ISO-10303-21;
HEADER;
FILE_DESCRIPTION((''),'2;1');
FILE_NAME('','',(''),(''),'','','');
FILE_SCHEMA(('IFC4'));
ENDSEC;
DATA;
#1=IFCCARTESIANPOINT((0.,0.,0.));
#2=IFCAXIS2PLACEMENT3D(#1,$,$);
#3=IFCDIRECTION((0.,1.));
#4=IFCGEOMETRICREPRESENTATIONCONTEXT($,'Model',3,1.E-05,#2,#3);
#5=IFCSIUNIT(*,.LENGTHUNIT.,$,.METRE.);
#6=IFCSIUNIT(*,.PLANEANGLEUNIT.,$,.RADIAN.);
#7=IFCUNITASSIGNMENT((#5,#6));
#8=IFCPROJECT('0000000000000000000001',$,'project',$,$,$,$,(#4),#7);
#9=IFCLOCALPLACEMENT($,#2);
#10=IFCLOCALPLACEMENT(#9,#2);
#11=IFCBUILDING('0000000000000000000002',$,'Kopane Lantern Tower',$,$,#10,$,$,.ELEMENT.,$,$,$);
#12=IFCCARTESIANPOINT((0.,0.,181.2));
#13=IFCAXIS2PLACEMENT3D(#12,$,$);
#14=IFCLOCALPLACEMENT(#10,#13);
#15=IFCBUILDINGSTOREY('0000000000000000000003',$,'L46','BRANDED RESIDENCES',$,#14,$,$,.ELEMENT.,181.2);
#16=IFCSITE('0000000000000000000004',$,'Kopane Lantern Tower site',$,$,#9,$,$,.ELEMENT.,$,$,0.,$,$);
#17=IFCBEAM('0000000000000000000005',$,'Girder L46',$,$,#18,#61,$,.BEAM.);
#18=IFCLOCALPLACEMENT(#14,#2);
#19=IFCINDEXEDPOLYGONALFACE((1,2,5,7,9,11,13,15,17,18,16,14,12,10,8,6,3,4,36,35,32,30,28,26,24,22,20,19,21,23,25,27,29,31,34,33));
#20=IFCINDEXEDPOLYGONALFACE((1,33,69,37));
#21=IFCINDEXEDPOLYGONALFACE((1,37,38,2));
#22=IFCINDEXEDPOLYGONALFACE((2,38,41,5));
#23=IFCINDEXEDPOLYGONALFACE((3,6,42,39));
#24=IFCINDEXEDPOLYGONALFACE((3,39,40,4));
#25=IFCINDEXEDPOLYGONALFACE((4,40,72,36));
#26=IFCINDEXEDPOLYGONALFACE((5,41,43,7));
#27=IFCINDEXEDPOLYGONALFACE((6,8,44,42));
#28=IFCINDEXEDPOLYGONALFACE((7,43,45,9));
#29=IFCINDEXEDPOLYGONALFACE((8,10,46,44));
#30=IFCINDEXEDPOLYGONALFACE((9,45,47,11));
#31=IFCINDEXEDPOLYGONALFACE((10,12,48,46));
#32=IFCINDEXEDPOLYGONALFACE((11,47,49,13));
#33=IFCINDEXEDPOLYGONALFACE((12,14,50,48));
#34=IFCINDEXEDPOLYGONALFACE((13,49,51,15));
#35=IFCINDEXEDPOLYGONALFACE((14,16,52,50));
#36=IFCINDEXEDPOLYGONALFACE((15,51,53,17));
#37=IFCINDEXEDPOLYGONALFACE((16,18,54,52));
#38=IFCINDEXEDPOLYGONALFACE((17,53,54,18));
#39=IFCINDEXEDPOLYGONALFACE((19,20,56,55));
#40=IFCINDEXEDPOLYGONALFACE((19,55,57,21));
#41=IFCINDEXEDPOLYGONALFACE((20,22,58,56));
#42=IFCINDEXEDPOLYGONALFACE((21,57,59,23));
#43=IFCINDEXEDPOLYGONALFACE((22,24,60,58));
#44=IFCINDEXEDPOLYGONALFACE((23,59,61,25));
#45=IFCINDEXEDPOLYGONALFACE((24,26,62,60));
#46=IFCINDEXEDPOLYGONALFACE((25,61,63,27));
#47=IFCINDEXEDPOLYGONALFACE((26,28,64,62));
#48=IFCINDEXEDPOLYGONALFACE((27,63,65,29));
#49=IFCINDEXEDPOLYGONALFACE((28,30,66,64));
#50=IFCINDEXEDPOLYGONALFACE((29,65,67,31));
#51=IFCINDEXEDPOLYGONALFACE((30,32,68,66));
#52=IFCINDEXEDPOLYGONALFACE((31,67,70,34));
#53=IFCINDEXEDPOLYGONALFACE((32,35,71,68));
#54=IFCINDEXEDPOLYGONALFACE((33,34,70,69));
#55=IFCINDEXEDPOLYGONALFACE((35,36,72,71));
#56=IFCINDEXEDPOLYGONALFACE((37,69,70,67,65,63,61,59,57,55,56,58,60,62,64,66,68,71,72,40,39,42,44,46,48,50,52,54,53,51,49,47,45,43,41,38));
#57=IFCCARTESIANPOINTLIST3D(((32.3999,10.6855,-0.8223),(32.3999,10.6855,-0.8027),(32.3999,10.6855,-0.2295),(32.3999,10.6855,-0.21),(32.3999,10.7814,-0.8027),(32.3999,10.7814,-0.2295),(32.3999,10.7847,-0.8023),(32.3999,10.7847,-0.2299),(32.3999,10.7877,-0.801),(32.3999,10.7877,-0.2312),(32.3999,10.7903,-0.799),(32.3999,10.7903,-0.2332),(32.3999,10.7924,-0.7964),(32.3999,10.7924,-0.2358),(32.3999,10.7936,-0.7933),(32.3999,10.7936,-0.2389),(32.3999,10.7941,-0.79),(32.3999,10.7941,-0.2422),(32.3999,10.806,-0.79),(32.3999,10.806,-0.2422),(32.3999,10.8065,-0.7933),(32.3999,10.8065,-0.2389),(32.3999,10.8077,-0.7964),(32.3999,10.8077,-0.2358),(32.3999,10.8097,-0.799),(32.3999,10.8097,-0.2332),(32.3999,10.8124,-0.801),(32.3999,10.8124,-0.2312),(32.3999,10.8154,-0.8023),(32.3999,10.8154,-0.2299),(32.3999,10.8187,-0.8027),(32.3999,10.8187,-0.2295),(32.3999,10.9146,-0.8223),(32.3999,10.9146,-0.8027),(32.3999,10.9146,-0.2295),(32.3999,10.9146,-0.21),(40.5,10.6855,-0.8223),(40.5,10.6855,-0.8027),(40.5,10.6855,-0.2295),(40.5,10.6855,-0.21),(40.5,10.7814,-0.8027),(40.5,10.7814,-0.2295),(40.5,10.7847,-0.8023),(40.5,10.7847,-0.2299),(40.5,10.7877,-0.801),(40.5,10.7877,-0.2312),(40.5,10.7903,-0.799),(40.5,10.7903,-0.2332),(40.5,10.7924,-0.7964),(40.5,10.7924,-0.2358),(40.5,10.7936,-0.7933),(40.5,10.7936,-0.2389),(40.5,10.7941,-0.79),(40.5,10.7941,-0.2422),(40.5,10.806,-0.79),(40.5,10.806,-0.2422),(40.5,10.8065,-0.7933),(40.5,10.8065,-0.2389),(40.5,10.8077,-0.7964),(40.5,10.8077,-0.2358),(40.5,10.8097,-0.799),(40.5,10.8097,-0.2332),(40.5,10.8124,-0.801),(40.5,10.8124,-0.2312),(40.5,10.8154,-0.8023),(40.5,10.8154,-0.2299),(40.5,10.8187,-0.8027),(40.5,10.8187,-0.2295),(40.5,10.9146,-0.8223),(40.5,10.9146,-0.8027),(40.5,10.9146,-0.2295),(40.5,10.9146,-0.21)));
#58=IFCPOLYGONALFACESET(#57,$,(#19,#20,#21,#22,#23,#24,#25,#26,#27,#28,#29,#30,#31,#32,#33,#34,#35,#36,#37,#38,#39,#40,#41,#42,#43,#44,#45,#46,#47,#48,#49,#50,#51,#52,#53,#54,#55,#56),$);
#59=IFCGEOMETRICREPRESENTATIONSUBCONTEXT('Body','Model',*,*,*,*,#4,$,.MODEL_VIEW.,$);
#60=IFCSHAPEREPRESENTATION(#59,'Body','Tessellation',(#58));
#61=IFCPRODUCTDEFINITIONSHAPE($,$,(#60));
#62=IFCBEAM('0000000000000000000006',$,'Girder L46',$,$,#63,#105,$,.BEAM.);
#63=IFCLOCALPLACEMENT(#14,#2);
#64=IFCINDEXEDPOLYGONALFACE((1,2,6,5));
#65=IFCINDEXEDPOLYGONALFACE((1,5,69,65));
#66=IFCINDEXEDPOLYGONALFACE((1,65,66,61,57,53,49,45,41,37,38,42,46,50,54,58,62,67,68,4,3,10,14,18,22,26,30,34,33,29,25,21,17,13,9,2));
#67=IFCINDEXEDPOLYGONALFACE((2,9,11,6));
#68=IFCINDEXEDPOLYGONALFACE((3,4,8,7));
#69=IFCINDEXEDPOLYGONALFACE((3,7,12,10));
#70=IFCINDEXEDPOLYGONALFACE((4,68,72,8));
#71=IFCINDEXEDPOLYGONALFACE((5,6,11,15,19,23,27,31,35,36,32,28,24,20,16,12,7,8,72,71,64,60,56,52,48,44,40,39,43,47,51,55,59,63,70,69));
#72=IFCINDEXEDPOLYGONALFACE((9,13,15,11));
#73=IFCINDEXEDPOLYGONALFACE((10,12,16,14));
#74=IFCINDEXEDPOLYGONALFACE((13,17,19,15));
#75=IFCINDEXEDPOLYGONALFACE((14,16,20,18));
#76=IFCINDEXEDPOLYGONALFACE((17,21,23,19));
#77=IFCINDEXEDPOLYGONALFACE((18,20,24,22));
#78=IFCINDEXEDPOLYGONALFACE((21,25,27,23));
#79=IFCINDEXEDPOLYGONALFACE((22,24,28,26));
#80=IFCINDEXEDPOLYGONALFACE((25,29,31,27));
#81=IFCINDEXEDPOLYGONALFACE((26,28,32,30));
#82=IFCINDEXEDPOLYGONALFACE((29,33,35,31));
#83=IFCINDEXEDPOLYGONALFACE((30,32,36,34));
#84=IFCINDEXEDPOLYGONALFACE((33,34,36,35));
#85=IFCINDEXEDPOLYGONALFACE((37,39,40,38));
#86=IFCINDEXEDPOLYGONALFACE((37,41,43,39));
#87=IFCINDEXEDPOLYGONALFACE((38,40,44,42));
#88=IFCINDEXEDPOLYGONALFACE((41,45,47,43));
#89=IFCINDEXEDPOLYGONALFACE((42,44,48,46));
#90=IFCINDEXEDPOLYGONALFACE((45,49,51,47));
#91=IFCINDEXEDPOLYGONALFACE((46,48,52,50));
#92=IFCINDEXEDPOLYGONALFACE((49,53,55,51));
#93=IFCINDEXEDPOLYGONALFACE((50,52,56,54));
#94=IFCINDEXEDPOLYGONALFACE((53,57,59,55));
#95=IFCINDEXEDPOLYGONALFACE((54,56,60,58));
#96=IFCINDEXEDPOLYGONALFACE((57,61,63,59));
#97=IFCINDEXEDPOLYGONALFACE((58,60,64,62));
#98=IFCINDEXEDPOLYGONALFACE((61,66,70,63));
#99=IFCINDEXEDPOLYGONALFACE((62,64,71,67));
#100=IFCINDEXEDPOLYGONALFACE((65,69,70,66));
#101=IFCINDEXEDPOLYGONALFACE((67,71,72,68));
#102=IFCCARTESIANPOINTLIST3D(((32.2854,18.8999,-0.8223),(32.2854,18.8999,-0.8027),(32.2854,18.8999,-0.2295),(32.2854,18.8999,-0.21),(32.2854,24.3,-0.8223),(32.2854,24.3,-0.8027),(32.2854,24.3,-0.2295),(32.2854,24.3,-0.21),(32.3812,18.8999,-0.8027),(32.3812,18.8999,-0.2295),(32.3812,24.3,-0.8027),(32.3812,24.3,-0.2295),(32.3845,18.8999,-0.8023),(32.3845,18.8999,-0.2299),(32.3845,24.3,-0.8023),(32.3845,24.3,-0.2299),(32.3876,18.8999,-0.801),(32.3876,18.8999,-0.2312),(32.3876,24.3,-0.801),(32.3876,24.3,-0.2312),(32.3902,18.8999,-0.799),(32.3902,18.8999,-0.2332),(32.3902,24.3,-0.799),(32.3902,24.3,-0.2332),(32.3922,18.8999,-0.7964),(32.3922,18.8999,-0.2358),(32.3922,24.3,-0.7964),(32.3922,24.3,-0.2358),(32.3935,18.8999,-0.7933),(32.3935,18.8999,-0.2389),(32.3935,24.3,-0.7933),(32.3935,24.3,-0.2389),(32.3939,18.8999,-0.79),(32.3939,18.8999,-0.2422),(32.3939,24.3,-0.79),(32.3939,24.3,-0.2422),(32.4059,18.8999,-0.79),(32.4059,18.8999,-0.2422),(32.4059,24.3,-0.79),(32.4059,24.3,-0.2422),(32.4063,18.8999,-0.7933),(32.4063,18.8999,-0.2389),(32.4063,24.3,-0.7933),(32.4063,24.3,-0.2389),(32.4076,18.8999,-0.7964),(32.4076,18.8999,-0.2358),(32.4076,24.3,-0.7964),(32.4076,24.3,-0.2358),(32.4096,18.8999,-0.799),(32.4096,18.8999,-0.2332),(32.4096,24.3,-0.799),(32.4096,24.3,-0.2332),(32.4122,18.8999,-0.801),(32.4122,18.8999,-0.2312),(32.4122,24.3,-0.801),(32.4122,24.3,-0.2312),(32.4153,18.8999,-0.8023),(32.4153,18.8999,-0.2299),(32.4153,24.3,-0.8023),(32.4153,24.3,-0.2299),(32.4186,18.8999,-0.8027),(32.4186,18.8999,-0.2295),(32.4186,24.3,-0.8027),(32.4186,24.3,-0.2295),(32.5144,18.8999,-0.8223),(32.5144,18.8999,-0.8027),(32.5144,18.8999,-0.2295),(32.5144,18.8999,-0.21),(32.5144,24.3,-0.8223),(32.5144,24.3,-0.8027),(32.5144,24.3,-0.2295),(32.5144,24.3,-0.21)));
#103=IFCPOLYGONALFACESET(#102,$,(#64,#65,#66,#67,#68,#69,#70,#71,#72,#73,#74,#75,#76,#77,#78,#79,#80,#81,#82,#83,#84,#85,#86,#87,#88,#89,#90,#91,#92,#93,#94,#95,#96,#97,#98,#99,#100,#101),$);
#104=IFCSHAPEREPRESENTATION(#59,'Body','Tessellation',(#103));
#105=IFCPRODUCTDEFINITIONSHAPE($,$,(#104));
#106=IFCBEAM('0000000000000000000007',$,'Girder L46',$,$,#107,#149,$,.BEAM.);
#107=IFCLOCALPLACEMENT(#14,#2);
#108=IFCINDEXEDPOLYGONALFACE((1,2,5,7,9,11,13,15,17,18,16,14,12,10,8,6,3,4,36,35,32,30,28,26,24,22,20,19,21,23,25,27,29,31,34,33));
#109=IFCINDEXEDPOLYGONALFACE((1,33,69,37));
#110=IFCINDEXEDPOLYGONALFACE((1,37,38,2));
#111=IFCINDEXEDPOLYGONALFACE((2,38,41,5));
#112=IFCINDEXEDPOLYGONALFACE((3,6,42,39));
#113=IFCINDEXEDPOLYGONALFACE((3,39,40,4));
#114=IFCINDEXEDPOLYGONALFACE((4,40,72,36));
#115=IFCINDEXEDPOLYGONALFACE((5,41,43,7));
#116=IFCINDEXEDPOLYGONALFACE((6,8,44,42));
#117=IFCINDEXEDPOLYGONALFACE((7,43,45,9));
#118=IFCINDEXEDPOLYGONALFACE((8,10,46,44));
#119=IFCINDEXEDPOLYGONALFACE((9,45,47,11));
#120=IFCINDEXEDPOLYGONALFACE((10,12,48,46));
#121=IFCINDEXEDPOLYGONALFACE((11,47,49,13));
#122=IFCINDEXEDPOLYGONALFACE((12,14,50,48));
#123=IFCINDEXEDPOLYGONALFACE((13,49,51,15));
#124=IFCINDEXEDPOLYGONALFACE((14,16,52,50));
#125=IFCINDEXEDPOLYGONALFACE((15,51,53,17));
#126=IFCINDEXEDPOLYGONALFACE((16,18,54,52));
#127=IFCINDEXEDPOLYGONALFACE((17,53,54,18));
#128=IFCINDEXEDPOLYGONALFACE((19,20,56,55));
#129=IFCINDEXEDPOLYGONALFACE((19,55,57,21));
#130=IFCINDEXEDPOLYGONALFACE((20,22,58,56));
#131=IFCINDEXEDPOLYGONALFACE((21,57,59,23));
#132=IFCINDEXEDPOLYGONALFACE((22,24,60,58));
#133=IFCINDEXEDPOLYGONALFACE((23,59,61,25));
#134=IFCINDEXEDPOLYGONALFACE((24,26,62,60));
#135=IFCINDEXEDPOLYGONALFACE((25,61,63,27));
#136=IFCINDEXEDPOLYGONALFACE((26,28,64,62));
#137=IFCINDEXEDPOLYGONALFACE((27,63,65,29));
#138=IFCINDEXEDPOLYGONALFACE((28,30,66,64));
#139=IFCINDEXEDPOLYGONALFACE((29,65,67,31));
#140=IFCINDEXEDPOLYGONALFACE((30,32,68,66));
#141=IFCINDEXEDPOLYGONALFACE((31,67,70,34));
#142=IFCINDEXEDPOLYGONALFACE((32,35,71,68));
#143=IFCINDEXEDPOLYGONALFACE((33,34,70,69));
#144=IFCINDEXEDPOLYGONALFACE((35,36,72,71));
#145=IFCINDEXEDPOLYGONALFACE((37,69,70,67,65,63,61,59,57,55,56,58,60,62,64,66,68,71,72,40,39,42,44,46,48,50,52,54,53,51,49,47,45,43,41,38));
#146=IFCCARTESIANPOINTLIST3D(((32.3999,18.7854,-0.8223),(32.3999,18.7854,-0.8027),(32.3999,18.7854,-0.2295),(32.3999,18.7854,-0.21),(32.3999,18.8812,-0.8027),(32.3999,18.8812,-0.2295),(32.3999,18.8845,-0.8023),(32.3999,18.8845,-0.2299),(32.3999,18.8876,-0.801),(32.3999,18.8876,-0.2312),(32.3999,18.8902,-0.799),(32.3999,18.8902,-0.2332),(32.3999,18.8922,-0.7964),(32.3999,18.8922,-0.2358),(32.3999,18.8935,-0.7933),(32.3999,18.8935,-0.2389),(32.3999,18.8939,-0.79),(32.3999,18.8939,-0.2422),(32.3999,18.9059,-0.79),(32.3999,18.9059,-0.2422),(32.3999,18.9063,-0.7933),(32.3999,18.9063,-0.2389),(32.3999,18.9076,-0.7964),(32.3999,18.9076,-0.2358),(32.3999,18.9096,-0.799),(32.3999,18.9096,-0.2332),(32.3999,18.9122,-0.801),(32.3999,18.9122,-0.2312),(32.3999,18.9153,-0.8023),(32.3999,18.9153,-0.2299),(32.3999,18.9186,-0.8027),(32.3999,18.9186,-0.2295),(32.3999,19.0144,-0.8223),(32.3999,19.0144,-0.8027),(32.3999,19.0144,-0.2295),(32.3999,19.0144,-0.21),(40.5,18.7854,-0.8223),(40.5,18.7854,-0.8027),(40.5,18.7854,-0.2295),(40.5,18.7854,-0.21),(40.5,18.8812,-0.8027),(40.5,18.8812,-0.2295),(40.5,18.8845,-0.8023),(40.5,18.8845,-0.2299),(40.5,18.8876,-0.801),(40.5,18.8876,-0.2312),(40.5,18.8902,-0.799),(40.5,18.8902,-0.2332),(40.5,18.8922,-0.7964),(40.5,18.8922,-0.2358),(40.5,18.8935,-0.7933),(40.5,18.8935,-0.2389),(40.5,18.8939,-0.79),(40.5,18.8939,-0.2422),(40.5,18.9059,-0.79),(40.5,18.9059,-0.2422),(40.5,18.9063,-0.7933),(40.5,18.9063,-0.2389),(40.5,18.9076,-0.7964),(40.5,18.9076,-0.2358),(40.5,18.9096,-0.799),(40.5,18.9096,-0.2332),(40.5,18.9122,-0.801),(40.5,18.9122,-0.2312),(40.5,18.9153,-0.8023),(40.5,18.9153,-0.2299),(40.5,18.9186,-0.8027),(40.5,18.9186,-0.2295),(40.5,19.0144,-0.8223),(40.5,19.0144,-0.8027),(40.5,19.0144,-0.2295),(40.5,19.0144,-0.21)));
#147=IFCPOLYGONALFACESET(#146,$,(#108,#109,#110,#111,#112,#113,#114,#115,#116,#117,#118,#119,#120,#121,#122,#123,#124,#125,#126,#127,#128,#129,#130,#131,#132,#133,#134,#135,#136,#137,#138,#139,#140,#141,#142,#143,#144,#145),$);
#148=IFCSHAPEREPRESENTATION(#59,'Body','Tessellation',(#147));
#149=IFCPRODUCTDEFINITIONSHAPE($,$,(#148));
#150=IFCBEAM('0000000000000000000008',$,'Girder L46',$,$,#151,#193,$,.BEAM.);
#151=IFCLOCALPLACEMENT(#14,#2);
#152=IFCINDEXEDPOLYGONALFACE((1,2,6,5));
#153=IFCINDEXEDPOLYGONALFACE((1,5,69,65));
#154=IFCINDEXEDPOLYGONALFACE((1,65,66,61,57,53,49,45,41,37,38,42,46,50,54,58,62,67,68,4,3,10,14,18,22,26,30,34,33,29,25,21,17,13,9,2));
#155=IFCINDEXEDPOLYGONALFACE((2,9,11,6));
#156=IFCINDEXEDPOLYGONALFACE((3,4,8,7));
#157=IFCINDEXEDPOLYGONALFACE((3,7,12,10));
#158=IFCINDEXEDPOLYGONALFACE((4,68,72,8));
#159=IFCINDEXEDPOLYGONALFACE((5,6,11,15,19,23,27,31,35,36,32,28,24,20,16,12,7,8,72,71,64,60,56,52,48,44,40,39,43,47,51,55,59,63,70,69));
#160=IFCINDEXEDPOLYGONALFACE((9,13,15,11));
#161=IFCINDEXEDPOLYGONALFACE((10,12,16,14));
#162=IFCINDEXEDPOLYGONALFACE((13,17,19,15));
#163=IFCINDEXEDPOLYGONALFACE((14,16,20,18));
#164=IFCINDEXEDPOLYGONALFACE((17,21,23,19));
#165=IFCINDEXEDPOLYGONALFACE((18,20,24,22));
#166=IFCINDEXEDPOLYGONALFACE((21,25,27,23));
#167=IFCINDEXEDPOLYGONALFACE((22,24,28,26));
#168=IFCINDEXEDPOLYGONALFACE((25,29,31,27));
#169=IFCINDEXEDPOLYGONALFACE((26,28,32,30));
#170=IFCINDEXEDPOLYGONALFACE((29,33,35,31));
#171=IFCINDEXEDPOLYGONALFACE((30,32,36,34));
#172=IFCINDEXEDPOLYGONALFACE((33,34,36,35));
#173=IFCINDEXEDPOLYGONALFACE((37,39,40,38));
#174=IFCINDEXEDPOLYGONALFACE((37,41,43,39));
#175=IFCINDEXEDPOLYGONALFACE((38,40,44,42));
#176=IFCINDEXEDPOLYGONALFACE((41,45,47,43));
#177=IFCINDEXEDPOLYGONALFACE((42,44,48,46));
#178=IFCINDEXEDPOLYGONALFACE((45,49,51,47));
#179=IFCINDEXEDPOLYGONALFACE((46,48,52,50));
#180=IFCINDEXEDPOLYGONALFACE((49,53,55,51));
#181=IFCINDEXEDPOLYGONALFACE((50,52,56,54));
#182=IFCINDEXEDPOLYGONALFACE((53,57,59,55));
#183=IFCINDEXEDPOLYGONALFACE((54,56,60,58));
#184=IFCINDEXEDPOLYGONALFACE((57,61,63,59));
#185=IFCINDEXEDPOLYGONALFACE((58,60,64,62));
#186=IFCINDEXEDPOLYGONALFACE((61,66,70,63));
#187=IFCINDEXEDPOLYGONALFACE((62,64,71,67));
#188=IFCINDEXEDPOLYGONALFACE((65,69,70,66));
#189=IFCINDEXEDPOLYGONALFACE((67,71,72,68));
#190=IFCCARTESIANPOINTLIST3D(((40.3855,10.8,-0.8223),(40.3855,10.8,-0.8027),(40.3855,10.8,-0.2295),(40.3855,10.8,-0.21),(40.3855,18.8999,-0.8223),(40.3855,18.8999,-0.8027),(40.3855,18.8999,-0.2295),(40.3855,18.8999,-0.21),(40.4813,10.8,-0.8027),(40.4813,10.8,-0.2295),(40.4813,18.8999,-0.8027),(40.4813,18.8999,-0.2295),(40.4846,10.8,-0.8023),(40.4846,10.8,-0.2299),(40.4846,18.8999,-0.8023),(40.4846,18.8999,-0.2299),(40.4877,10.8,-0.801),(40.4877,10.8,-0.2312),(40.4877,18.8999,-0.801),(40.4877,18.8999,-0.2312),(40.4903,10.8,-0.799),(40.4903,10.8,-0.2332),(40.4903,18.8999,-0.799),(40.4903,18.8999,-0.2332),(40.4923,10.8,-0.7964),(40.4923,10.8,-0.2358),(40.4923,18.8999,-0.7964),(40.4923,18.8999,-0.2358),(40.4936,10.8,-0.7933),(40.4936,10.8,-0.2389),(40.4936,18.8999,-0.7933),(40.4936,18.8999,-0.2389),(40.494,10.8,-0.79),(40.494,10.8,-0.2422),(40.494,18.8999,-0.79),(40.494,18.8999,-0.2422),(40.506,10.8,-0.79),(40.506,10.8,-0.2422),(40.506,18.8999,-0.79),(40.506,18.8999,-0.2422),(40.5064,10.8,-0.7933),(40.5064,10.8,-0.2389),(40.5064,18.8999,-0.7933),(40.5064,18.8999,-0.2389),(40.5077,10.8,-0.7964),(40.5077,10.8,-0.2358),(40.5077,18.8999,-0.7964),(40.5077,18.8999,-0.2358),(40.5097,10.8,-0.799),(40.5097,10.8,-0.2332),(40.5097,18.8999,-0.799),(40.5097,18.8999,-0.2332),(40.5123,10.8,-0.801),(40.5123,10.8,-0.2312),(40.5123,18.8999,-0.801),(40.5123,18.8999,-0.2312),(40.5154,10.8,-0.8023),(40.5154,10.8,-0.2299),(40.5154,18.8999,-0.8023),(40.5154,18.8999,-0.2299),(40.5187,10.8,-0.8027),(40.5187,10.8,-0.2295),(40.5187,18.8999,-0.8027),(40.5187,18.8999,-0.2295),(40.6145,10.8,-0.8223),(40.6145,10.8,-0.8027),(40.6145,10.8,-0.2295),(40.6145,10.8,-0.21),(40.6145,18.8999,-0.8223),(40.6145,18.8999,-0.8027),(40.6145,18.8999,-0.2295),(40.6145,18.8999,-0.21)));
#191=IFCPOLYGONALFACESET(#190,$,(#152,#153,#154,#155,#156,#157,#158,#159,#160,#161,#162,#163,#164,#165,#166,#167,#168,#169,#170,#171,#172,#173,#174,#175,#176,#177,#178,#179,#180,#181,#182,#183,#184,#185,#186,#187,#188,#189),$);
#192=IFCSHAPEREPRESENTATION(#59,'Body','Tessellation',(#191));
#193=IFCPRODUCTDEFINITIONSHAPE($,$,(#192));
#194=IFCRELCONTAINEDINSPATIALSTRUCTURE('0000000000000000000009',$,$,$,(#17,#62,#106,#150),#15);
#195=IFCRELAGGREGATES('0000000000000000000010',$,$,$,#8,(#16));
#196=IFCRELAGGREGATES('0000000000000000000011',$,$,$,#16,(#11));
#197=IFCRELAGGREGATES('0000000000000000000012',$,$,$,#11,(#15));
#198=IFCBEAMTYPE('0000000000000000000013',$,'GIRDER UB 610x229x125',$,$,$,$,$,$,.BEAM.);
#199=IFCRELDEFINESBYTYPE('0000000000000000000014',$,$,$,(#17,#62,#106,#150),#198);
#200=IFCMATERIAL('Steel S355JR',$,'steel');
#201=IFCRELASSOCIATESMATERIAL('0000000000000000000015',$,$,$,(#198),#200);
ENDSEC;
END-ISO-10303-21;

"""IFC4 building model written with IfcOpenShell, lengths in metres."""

from ifc_helpers import new_model, si_unit, direction, frame, origin, origin_2d, place, context, subcontext, project, spatial, i_section, extrude, material, material_profile, profile_set, type_object, element, save


model = new_model("IFC4")

# Units and contexts
model_context = context("Model", 3, precision=1e-05, world=origin(), true_north=direction((0.0, 1.0)))
body_context = subcontext(model_context, "Body", "Model", "MODEL_VIEW")
ifc_project = project(units=[si_unit("LENGTHUNIT", "METRE"), si_unit("PLANEANGLEUNIT", "RADIAN")], contexts=[model_context])

# Site, building, storey
site_placement = place(None, origin())
site = spatial("IfcSite", under=ifc_project, at=site_placement, Name="Kopane Lantern Tower site", CompositionType="ELEMENT", RefElevation=0.0)
building_placement = place(site_placement, origin())
building = spatial("IfcBuilding", under=site, at=building_placement, Name="Kopane Lantern Tower", CompositionType="ELEMENT")
storey_placement = place(building_placement, frame((0.0, 0.0, 181.2)))
storey = spatial("IfcBuildingStorey", under=building, at=storey_placement, Name="L46", Description="BRANDED RESIDENCES", CompositionType="ELEMENT", Elevation=181.2)

# Beams
ifc_material_1 = material(Name="Steel S355JR", Category="steel")
ifc_material_profile_1 = material_profile(ifc_material_1, i_section(OverallWidth=0.229, OverallDepth=0.6123, WebThickness=0.012, FlangeThickness=0.0195, FilletRadius=0.0127, at=origin_2d()), Name="UB 610x229x125")
ifc_profile_set_1 = profile_set([ifc_material_profile_1], Name="Steel S355JR")
beam_type = type_object("IfcBeamType", Name="GIRDER UB 610x229x125", PredefinedType="BEAM", material=ifc_profile_set_1)
beam_1_placement = place(storey_placement, frame((32.3999, 10.8, -0.5161), z_axis=(1.0, 0.0, 0.0), x_axis=(0.0, 1.0, 0.0)))
element("IfcBeam", 1, at=beam_1_placement, inside=storey, type_object=beam_type, Name="Girder L46", PredefinedType="BEAM", context=body_context, shape_type="SweptSolid", body=[
    extrude(i_section(OverallWidth=0.229, OverallDepth=0.6123, WebThickness=0.012, FlangeThickness=0.0195, FilletRadius=0.0127, at=origin_2d()), origin(), (0.0, 0.0, 1.0), 8.1001),
])
beam_2_placement = place(storey_placement, frame((32.3999, 18.8999, -0.5161), z_axis=(0.0, 1.0, 0.0), x_axis=(-1.0, 0.0, 0.0)))
element("IfcBeam", 2, at=beam_2_placement, inside=storey, type_object=beam_type, Name="Girder L46", PredefinedType="BEAM", context=body_context, shape_type="SweptSolid", body=[
    extrude(i_section(OverallWidth=0.229, OverallDepth=0.6123, WebThickness=0.012, FlangeThickness=0.0195, FilletRadius=0.0127, at=origin_2d()), origin(), (0.0, 0.0, 1.0), 5.4001),
])
beam_3_placement = place(storey_placement, frame((32.3999, 18.8999, -0.5161), z_axis=(1.0, 0.0, 0.0), x_axis=(0.0, 1.0, 0.0)))
element("IfcBeam", 3, at=beam_3_placement, inside=storey, type_object=beam_type, Name="Girder L46", PredefinedType="BEAM", context=body_context, shape_type="SweptSolid", body=[
    extrude(i_section(OverallWidth=0.229, OverallDepth=0.6123, WebThickness=0.012, FlangeThickness=0.0195, FilletRadius=0.0127, at=origin_2d()), origin(), (0.0, 0.0, 1.0), 8.1001),
])
beam_4_placement = place(storey_placement, frame((40.5, 10.8, -0.5161), z_axis=(0.0, 1.0, 0.0), x_axis=(-1.0, 0.0, 0.0)))
element("IfcBeam", 4, at=beam_4_placement, inside=storey, type_object=beam_type, Name="Girder L46", PredefinedType="BEAM", context=body_context, shape_type="SweptSolid", body=[
    extrude(i_section(OverallWidth=0.229, OverallDepth=0.6123, WebThickness=0.012, FlangeThickness=0.0195, FilletRadius=0.0127, at=origin_2d()), origin(), (0.0, 0.0, 1.0), 8.0999),
])

save(model, "model.ifc")
